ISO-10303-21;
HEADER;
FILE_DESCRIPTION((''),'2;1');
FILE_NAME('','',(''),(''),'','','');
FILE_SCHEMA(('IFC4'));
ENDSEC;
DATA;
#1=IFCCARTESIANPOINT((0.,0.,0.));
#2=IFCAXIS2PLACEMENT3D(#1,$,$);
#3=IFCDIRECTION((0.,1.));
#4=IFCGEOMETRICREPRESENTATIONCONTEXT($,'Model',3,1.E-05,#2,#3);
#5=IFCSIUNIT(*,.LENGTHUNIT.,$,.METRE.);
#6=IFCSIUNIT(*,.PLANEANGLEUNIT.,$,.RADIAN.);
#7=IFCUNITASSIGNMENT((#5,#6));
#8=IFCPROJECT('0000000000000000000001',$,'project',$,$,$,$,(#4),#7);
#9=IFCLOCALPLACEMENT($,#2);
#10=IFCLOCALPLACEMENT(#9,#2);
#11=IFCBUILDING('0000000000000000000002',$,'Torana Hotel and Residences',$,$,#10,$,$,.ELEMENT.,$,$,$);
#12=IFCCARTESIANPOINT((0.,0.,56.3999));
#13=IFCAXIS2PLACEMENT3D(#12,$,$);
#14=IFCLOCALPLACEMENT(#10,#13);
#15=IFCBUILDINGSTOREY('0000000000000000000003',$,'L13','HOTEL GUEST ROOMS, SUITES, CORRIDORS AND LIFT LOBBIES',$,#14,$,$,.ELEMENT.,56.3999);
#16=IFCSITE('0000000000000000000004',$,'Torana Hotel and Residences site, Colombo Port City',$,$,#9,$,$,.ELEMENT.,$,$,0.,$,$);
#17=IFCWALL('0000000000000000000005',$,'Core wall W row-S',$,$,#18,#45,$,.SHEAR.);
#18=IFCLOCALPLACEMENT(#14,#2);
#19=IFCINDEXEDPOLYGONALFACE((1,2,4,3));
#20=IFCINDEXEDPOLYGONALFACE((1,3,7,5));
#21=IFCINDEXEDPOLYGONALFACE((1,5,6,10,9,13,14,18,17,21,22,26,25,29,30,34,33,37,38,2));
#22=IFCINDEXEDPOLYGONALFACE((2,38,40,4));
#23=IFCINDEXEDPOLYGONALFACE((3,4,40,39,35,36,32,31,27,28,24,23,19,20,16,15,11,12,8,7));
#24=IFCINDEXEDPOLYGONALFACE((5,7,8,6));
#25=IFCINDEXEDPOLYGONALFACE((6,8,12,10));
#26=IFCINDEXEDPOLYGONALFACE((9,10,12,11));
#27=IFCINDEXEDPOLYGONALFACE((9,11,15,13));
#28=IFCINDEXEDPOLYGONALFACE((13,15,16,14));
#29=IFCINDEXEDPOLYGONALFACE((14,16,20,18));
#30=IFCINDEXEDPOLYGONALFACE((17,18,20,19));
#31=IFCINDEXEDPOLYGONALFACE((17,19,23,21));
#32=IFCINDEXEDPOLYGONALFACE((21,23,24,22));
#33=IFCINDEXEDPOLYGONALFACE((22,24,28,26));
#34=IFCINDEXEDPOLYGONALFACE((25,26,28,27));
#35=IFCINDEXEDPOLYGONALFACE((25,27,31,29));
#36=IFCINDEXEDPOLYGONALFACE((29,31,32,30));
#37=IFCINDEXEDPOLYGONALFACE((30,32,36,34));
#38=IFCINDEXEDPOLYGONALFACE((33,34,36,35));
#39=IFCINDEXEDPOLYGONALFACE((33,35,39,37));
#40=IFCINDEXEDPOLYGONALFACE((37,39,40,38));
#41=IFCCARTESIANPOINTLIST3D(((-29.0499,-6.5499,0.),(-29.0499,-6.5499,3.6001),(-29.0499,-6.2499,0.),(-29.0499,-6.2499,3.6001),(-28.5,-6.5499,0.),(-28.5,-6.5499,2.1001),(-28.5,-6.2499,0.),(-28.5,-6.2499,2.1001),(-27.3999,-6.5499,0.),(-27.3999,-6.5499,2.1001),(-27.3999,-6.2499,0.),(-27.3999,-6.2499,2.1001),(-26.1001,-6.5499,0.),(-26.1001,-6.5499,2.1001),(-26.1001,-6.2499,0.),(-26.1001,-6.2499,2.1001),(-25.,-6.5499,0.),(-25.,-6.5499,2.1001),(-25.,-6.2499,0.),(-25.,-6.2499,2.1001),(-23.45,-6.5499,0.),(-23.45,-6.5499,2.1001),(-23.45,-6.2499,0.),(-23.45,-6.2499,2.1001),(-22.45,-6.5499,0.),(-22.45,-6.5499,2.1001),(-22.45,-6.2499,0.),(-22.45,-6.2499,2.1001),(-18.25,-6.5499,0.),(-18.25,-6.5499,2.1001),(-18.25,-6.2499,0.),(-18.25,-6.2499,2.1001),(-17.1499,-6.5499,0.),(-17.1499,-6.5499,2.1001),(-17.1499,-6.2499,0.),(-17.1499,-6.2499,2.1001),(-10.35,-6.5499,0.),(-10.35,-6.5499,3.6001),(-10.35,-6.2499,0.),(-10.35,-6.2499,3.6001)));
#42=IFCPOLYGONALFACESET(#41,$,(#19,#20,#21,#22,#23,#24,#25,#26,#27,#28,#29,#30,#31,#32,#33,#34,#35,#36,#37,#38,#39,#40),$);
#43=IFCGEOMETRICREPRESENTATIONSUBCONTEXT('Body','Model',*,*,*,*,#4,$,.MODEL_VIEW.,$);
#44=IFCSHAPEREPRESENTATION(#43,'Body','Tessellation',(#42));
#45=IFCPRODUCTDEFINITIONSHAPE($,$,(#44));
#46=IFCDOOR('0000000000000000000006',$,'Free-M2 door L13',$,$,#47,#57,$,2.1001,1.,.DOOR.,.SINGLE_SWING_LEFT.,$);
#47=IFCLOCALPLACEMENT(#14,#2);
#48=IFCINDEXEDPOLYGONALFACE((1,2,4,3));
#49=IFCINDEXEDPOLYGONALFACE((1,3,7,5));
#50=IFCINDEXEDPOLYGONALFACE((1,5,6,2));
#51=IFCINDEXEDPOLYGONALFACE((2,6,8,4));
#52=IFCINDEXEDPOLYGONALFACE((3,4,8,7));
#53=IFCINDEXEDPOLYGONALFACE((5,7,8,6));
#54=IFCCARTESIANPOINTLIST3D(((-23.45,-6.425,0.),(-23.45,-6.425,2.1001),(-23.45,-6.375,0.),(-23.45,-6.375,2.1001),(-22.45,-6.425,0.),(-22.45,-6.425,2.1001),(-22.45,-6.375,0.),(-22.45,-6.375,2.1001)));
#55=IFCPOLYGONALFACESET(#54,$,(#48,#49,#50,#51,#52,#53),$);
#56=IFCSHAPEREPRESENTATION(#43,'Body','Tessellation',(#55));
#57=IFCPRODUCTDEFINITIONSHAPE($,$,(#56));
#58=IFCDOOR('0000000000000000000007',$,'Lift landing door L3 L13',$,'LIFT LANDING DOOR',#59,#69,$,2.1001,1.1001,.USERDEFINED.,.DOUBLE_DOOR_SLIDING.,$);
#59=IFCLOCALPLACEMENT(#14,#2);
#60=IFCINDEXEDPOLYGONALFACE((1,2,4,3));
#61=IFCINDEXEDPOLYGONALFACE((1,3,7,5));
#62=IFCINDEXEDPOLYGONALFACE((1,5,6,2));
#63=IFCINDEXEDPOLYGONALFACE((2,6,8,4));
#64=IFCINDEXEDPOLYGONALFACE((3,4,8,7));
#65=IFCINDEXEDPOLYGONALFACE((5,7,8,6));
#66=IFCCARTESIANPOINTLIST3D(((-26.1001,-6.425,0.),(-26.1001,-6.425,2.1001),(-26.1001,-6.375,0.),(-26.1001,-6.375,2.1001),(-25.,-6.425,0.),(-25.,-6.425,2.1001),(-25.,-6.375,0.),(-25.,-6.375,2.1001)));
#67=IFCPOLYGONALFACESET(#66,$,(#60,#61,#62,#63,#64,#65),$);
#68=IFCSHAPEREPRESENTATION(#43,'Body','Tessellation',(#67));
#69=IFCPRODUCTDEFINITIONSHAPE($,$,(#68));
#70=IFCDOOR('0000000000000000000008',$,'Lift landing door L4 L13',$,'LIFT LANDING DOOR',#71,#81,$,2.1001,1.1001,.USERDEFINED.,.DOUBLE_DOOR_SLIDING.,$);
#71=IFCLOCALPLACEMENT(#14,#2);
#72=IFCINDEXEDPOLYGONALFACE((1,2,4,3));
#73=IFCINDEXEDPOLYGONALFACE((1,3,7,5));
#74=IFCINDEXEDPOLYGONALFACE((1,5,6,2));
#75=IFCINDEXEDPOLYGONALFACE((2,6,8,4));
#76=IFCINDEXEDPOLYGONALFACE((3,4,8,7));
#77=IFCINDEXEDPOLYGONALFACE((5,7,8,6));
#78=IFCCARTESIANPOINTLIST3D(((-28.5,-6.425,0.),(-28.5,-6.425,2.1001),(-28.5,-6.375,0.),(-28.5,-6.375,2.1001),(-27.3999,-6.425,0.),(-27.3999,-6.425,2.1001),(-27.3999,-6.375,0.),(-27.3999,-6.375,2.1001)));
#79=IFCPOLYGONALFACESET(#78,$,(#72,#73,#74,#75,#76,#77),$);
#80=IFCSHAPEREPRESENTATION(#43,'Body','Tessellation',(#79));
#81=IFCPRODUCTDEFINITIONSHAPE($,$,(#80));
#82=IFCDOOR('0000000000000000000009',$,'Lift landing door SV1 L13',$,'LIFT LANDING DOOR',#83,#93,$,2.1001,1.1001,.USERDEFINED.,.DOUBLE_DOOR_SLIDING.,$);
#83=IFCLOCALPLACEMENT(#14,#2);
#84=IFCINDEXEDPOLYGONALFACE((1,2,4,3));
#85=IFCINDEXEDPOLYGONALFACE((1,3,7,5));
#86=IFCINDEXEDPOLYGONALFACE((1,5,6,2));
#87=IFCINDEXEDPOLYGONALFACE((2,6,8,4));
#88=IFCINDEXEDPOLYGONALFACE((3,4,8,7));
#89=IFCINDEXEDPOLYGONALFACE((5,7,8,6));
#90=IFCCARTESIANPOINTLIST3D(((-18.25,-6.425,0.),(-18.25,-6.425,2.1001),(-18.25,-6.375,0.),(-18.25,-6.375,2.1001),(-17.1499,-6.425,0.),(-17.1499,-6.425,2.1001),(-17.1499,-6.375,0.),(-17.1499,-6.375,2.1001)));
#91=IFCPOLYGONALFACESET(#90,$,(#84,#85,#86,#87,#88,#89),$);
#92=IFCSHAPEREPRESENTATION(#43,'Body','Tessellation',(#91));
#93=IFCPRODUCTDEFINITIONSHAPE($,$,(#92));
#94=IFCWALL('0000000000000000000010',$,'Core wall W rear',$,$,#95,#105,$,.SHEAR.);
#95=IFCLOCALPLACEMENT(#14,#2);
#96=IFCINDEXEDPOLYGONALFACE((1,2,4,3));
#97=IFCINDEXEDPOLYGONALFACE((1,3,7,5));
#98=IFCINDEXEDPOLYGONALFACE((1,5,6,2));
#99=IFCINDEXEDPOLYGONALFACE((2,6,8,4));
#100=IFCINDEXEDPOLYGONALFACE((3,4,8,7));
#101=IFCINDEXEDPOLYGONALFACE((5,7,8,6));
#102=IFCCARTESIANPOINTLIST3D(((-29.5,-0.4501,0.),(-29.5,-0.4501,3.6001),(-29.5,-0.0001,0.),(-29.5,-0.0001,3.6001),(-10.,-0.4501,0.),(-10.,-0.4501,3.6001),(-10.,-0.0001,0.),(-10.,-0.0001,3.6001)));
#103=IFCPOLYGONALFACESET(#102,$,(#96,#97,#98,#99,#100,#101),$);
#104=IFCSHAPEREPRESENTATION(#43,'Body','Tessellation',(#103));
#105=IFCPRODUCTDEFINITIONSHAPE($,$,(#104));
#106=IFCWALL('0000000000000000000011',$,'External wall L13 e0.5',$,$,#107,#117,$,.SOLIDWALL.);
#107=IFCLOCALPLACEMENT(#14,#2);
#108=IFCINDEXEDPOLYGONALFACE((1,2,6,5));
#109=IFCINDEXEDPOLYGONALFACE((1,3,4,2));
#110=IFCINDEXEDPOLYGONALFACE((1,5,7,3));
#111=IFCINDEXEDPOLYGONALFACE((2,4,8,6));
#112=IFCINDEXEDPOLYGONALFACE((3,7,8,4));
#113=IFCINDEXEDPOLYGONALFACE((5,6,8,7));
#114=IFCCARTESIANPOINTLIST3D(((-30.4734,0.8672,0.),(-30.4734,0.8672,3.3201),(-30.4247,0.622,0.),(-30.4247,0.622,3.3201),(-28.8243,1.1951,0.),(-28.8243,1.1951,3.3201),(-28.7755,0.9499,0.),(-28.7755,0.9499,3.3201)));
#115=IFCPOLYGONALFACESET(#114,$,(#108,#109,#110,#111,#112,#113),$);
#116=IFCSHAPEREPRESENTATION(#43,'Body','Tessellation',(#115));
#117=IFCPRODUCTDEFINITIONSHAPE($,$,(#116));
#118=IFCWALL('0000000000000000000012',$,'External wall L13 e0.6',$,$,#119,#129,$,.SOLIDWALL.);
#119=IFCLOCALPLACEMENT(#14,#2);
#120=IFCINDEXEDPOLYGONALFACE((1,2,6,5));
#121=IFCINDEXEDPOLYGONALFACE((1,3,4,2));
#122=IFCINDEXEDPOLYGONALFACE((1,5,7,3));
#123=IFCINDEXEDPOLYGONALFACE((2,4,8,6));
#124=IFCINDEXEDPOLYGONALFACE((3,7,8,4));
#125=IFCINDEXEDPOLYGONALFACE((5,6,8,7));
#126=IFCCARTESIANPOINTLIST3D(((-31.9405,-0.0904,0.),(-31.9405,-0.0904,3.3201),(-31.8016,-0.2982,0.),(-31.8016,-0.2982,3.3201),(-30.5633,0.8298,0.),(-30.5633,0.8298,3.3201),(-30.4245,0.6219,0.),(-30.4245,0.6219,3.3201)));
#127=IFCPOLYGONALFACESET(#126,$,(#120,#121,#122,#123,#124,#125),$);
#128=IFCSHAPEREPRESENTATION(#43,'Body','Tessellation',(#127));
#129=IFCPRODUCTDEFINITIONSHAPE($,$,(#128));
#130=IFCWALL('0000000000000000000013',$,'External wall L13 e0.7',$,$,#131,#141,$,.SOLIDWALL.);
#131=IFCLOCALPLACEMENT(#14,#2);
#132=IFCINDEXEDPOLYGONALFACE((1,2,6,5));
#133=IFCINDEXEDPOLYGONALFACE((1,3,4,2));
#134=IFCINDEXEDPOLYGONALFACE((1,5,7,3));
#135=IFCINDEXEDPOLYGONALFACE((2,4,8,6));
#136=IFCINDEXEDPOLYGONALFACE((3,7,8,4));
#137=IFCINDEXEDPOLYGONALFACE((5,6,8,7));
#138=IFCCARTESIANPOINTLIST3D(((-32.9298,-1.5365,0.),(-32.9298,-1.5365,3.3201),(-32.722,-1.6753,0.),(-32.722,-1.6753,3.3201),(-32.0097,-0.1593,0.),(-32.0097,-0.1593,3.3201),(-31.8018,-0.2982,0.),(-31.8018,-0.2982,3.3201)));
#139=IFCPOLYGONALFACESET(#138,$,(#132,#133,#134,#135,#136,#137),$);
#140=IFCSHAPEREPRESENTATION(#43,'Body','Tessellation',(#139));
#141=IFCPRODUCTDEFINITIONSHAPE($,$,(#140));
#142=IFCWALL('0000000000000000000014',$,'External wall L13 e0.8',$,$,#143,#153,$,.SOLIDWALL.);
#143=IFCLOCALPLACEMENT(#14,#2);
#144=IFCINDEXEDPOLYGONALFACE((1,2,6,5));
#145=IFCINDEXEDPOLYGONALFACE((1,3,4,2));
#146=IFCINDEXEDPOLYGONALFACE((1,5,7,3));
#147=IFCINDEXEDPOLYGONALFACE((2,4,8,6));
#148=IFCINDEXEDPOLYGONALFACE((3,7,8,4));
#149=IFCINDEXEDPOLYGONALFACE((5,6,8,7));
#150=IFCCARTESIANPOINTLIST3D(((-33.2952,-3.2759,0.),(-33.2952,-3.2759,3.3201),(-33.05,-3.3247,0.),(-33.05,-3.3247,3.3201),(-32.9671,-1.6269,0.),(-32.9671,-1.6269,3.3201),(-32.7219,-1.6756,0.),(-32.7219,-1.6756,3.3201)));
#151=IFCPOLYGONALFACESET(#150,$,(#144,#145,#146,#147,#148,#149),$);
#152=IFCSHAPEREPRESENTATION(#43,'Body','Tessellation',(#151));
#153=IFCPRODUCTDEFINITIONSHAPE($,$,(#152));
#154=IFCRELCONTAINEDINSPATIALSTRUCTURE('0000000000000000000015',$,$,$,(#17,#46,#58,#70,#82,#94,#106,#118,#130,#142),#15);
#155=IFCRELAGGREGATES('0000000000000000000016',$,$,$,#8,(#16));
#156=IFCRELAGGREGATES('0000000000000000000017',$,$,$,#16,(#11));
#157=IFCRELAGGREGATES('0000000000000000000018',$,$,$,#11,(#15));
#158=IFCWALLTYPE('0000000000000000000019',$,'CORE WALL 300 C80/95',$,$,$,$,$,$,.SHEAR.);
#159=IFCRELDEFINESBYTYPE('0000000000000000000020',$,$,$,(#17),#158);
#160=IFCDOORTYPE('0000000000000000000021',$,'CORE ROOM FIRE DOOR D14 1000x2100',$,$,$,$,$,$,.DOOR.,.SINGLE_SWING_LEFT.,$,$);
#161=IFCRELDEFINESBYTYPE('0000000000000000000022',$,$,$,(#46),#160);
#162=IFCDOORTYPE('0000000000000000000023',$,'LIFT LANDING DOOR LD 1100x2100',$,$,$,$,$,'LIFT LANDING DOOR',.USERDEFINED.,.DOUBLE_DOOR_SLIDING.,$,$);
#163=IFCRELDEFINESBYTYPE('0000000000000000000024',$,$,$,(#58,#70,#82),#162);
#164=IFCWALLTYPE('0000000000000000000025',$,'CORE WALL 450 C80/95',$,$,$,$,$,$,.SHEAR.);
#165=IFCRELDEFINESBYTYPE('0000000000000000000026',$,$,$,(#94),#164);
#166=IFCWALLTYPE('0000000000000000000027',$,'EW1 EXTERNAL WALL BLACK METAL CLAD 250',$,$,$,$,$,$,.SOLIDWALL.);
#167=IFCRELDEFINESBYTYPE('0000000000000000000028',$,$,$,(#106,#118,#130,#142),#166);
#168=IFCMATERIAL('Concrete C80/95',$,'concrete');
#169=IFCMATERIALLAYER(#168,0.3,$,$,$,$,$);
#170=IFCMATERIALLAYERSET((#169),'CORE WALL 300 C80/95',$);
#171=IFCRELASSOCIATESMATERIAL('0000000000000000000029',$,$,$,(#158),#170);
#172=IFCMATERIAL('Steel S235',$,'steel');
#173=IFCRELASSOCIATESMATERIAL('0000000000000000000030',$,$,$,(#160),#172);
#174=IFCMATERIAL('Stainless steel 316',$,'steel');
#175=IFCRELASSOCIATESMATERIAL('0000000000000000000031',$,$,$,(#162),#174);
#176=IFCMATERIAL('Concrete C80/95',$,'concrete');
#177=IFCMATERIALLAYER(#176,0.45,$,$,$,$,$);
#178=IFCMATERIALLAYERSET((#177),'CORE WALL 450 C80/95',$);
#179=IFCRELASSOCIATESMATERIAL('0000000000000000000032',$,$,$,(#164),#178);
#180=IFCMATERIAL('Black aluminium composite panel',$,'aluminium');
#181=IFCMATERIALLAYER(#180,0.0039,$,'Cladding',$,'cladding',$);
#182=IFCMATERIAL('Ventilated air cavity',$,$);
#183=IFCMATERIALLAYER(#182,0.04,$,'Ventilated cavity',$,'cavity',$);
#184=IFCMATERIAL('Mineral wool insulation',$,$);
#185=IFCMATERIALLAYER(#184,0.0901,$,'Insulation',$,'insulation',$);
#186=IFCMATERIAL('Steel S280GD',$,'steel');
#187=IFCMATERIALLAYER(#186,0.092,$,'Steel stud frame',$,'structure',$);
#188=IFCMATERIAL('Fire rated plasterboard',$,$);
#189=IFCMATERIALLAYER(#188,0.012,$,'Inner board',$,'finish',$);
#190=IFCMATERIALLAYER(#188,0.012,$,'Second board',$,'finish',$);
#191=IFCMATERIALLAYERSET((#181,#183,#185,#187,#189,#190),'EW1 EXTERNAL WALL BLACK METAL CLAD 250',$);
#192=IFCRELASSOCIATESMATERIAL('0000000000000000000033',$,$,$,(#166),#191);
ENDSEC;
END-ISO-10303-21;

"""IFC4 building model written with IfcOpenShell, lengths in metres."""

from ifc_helpers import new_model, si_unit, direction, frame, frame_2d, origin, place, context, subcontext, project, spatial, rectangle, extrude, material, layer, layer_set, type_object, element, fill, save


model = new_model("IFC4")

# Units and contexts
model_context = context("Model", 3, precision=1e-05, world=origin(), true_north=direction((0.0, 1.0)))
body_context = subcontext(model_context, "Body", "Model", "MODEL_VIEW")
ifc_project = project(units=[si_unit("LENGTHUNIT", "METRE"), si_unit("PLANEANGLEUNIT", "RADIAN")], contexts=[model_context])

# Site, building, storey
site_placement = place(None, origin())
site = spatial("IfcSite", under=ifc_project, at=site_placement, Name="Torana Hotel and Residences site, Colombo Port City", CompositionType="ELEMENT", RefElevation=0.0)
building_placement = place(site_placement, origin())
building = spatial("IfcBuilding", under=site, at=building_placement, Name="Torana Hotel and Residences", CompositionType="ELEMENT")
storey_placement = place(building_placement, frame((0.0, 0.0, 56.3999)))
storey = spatial("IfcBuildingStorey", under=building, at=storey_placement, Name="L13", Description="HOTEL GUEST ROOMS, SUITES, CORRIDORS AND LIFT LOBBIES", CompositionType="ELEMENT", Elevation=56.3999)

# Wall, openings, doors
ifc_material_1 = material(Name="Concrete C80/95", Category="concrete")
ifc_layer_1 = layer(ifc_material_1, 0.3)
ifc_layer_set_1 = layer_set([ifc_layer_1], Name="CORE WALL 300 C80/95")
wall_type_1 = type_object("IfcWallType", Name="CORE WALL 300 C80/95", PredefinedType="SHEAR", material=ifc_layer_set_1)
ifc_material_2 = material(Name="Steel S235", Category="steel")
door_type_1 = type_object("IfcDoorType", Name="CORE ROOM FIRE DOOR D14 1000x2100", OperationType="SINGLE_SWING_LEFT", PredefinedType="DOOR", material=ifc_material_2)
ifc_material_3 = material(Name="Stainless steel 316", Category="steel")
door_type_2 = type_object("IfcDoorType", Name="LIFT LANDING DOOR LD 1100x2100", ElementType="LIFT LANDING DOOR", OperationType="DOUBLE_DOOR_SLIDING", PredefinedType="USERDEFINED", material=ifc_material_3)
wall_1_placement = place(storey_placement, frame((-29.05, -6.3999, 0.0), z_axis=(0.0, 0.0, 1.0), x_axis=(1.0, 0.0, 0.0)))
wall_1 = element("IfcWall", 1, at=wall_1_placement, inside=storey, type_object=wall_type_1, Name="Core wall W row-S", PredefinedType="SHEAR", context=body_context, shape_type="SweptSolid", body=[
    extrude(rectangle(XDim=18.7, YDim=0.3, at=frame_2d((9.3501, 0.0))), origin(), (0.0, 0.0, 1.0), 3.6001),
])
opening_1_placement = place(wall_1_placement, frame((2.95, 0.0, 0.0)))
opening_1 = element("IfcOpeningElement", 2, at=opening_1_placement, cuts=wall_1, PredefinedType="OPENING", context=body_context, shape_type="SweptSolid", body=[
    extrude(rectangle(XDim=1.1001, YDim=2.1001, at=frame_2d((0.55, 1.05))), frame((0.0, 0.1599, 0.0), z_axis=(0.0, -1.0, 0.0), x_axis=(1.0, 0.0, 0.0)), (0.0, 0.0, 1.0), 0.3201),
])
opening_2_placement = place(wall_1_placement, frame((0.55, 0.0, 0.0)))
opening_2 = element("IfcOpeningElement", 3, at=opening_2_placement, cuts=wall_1, PredefinedType="OPENING", context=body_context, shape_type="SweptSolid", body=[
    extrude(rectangle(XDim=1.1001, YDim=2.1001, at=frame_2d((0.55, 1.05))), frame((0.0, 0.1599, 0.0), z_axis=(0.0, -1.0, 0.0), x_axis=(1.0, 0.0, 0.0)), (0.0, 0.0, 1.0), 0.3201),
])
opening_3_placement = place(wall_1_placement, frame((10.8, 0.0, 0.0)))
opening_3 = element("IfcOpeningElement", 4, at=opening_3_placement, cuts=wall_1, PredefinedType="OPENING", context=body_context, shape_type="SweptSolid", body=[
    extrude(rectangle(XDim=1.1001, YDim=2.1001, at=frame_2d((0.55, 1.05))), frame((0.0, 0.1599, 0.0), z_axis=(0.0, -1.0, 0.0), x_axis=(1.0, 0.0, 0.0)), (0.0, 0.0, 1.0), 0.3201),
])
opening_4_placement = place(wall_1_placement, frame((5.6001, 0.0, 0.0)))
opening_4 = element("IfcOpeningElement", 5, at=opening_4_placement, cuts=wall_1, PredefinedType="OPENING", context=body_context, shape_type="SweptSolid", body=[
    extrude(rectangle(XDim=1.0, YDim=2.1001, at=frame_2d((0.5, 1.05))), frame((0.0, 0.1599, 0.0), z_axis=(0.0, -1.0, 0.0), x_axis=(1.0, 0.0, 0.0)), (0.0, 0.0, 1.0), 0.3201),
])
door_1_placement = place(opening_4_placement, frame((0.5, 0.0, 0.0), z_axis=(0.0, 0.0, 1.0), x_axis=(-1.0, 0.0, 0.0)))
door_1 = element("IfcDoor", 6, at=door_1_placement, inside=storey, type_object=door_type_1, Name="Free-M2 door L13", OperationType="SINGLE_SWING_LEFT", OverallHeight=2.1001, OverallWidth=1.0, PredefinedType="DOOR", context=body_context, shape_type="SweptSolid", body=[
    extrude(rectangle(XDim=1.0, YDim=2.1001, at=frame_2d((0.0, 1.05))), frame((0.0, -0.0249, 0.0), z_axis=(0.0, 1.0, 0.0), x_axis=(-1.0, 0.0, 0.0)), (0.0, 0.0, 1.0), 0.05),
])
fill(opening_4, door_1)
door_2_placement = place(opening_1_placement, origin())
door_2 = element("IfcDoor", 7, at=door_2_placement, inside=storey, type_object=door_type_2, Name="Lift landing door L3 L13", ObjectType="LIFT LANDING DOOR", OperationType="DOUBLE_DOOR_SLIDING", OverallHeight=2.1001, OverallWidth=1.1001, PredefinedType="USERDEFINED", context=body_context, shape_type="SweptSolid", body=[
    extrude(rectangle(XDim=1.1001, YDim=2.1001, at=frame_2d((0.55, 1.05))), frame((0.0, 0.0249, 0.0), z_axis=(0.0, -1.0, 0.0), x_axis=(1.0, 0.0, 0.0)), (0.0, 0.0, 1.0), 0.05),
])
fill(opening_1, door_2)
door_3_placement = place(opening_2_placement, origin())
door_3 = element("IfcDoor", 8, at=door_3_placement, inside=storey, type_object=door_type_2, Name="Lift landing door L4 L13", ObjectType="LIFT LANDING DOOR", OperationType="DOUBLE_DOOR_SLIDING", OverallHeight=2.1001, OverallWidth=1.1001, PredefinedType="USERDEFINED", context=body_context, shape_type="SweptSolid", body=[
    extrude(rectangle(XDim=1.1001, YDim=2.1001, at=frame_2d((0.55, 1.05))), frame((0.0, 0.0249, 0.0), z_axis=(0.0, -1.0, 0.0), x_axis=(1.0, 0.0, 0.0)), (0.0, 0.0, 1.0), 0.05),
])
fill(opening_2, door_3)
door_4_placement = place(opening_3_placement, origin())
door_4 = element("IfcDoor", 9, at=door_4_placement, inside=storey, type_object=door_type_2, Name="Lift landing door SV1 L13", ObjectType="LIFT LANDING DOOR", OperationType="DOUBLE_DOOR_SLIDING", OverallHeight=2.1001, OverallWidth=1.1001, PredefinedType="USERDEFINED", context=body_context, shape_type="SweptSolid", body=[
    extrude(rectangle(XDim=1.1001, YDim=2.1001, at=frame_2d((0.55, 1.05))), frame((0.0, 0.0249, 0.0), z_axis=(0.0, -1.0, 0.0), x_axis=(1.0, 0.0, 0.0)), (0.0, 0.0, 1.0), 0.05),
])
fill(opening_3, door_4)

# Walls
ifc_material_4 = material(Name="Concrete C80/95", Category="concrete")
ifc_layer_2 = layer(ifc_material_4, 0.45)
ifc_layer_set_2 = layer_set([ifc_layer_2], Name="CORE WALL 450 C80/95")
wall_type_2 = type_object("IfcWallType", Name="CORE WALL 450 C80/95", PredefinedType="SHEAR", material=ifc_layer_set_2)
wall_2_placement = place(storey_placement, frame((-29.5, -0.2251, 0.0), z_axis=(0.0, 0.0, 1.0), x_axis=(1.0, 0.0, 0.0)))
element("IfcWall", 10, at=wall_2_placement, inside=storey, type_object=wall_type_2, Name="Core wall W rear", PredefinedType="SHEAR", context=body_context, shape_type="SweptSolid", body=[
    extrude(rectangle(XDim=19.5, YDim=0.45, at=frame_2d((9.75, 0.0))), origin(), (0.0, 0.0, 1.0), 3.6001),
])
ifc_material_5 = material(Name="Black aluminium composite panel", Category="aluminium")
ifc_layer_3 = layer(ifc_material_5, 0.0039, Name="Cladding", Category="cladding")
ifc_material_6 = material(Name="Ventilated air cavity")
ifc_layer_4 = layer(ifc_material_6, 0.04, Name="Ventilated cavity", Category="cavity")
ifc_material_7 = material(Name="Mineral wool insulation")
ifc_layer_5 = layer(ifc_material_7, 0.0901, Name="Insulation", Category="insulation")
ifc_material_8 = material(Name="Steel S280GD", Category="steel")
ifc_layer_6 = layer(ifc_material_8, 0.092, Name="Steel stud frame", Category="structure")
ifc_material_9 = material(Name="Fire rated plasterboard")
ifc_layer_7 = layer(ifc_material_9, 0.012, Name="Inner board", Category="finish")
ifc_layer_8 = layer(ifc_material_9, 0.012, Name="Second board", Category="finish")
ifc_layer_set_3 = layer_set([ifc_layer_3, ifc_layer_4, ifc_layer_5, ifc_layer_6, ifc_layer_7, ifc_layer_8], Name="EW1 EXTERNAL WALL BLACK METAL CLAD 250")
wall_type_3 = type_object("IfcWallType", Name="EW1 EXTERNAL WALL BLACK METAL CLAD 250", PredefinedType="SOLIDWALL", material=ifc_layer_set_3)
wall_3_placement = place(storey_placement, frame((-28.7998, 1.0725, 0.0), z_axis=(0.0, 0.0, 1.0), x_axis=(-0.980803, -0.194999, 0.0)))
element("IfcWall", 11, at=wall_3_placement, inside=storey, type_object=wall_type_3, Name="External wall L13 e0.5", PredefinedType="SOLIDWALL", context=body_context, shape_type="SweptSolid", body=[
    extrude(rectangle(XDim=1.6814, YDim=0.25, at=frame_2d((0.8408, 0.0))), origin(), (0.0, 0.0, 1.0), 3.3201),
])
for number, where, z_axis, x_axis, name in (
    (12, (-30.4939, 0.7258, 0.0), (0.0, 0.0, 1.0), (-0.831483, -0.55555, 0.0), "External wall L13 e0.6"),
    (13, (-31.9058, -0.2288, 0.0), (0.0, 0.0, 1.0), (-0.55555, -0.831483, 0.0), "External wall L13 e0.7"),
):
    element("IfcWall", number, at=place(storey_placement, frame(where, z_axis=z_axis, x_axis=x_axis)), inside=storey, type_object=wall_type_3, Name=name, PredefinedType="SOLIDWALL", context=body_context, shape_type="SweptSolid", body=[
        extrude(rectangle(XDim=1.6562, YDim=0.25, at=frame_2d((0.8281, 0.0))), origin(), (0.0, 0.0, 1.0), 3.3201),
    ])
wall_4_placement = place(storey_placement, frame((-32.8445, -1.6511, 0.0), z_axis=(0.0, 0.0, 1.0), x_axis=(-0.195139, -0.980776, 0.0)))
element("IfcWall", 14, at=wall_4_placement, inside=storey, type_object=wall_type_3, Name="External wall L13 e0.8", PredefinedType="SOLIDWALL", context=body_context, shape_type="SweptSolid", body=[
    extrude(rectangle(XDim=1.6814, YDim=0.25, at=frame_2d((0.8408, 0.0))), origin(), (0.0, 0.0, 1.0), 3.3201),
])

save(model, "model.ifc")
